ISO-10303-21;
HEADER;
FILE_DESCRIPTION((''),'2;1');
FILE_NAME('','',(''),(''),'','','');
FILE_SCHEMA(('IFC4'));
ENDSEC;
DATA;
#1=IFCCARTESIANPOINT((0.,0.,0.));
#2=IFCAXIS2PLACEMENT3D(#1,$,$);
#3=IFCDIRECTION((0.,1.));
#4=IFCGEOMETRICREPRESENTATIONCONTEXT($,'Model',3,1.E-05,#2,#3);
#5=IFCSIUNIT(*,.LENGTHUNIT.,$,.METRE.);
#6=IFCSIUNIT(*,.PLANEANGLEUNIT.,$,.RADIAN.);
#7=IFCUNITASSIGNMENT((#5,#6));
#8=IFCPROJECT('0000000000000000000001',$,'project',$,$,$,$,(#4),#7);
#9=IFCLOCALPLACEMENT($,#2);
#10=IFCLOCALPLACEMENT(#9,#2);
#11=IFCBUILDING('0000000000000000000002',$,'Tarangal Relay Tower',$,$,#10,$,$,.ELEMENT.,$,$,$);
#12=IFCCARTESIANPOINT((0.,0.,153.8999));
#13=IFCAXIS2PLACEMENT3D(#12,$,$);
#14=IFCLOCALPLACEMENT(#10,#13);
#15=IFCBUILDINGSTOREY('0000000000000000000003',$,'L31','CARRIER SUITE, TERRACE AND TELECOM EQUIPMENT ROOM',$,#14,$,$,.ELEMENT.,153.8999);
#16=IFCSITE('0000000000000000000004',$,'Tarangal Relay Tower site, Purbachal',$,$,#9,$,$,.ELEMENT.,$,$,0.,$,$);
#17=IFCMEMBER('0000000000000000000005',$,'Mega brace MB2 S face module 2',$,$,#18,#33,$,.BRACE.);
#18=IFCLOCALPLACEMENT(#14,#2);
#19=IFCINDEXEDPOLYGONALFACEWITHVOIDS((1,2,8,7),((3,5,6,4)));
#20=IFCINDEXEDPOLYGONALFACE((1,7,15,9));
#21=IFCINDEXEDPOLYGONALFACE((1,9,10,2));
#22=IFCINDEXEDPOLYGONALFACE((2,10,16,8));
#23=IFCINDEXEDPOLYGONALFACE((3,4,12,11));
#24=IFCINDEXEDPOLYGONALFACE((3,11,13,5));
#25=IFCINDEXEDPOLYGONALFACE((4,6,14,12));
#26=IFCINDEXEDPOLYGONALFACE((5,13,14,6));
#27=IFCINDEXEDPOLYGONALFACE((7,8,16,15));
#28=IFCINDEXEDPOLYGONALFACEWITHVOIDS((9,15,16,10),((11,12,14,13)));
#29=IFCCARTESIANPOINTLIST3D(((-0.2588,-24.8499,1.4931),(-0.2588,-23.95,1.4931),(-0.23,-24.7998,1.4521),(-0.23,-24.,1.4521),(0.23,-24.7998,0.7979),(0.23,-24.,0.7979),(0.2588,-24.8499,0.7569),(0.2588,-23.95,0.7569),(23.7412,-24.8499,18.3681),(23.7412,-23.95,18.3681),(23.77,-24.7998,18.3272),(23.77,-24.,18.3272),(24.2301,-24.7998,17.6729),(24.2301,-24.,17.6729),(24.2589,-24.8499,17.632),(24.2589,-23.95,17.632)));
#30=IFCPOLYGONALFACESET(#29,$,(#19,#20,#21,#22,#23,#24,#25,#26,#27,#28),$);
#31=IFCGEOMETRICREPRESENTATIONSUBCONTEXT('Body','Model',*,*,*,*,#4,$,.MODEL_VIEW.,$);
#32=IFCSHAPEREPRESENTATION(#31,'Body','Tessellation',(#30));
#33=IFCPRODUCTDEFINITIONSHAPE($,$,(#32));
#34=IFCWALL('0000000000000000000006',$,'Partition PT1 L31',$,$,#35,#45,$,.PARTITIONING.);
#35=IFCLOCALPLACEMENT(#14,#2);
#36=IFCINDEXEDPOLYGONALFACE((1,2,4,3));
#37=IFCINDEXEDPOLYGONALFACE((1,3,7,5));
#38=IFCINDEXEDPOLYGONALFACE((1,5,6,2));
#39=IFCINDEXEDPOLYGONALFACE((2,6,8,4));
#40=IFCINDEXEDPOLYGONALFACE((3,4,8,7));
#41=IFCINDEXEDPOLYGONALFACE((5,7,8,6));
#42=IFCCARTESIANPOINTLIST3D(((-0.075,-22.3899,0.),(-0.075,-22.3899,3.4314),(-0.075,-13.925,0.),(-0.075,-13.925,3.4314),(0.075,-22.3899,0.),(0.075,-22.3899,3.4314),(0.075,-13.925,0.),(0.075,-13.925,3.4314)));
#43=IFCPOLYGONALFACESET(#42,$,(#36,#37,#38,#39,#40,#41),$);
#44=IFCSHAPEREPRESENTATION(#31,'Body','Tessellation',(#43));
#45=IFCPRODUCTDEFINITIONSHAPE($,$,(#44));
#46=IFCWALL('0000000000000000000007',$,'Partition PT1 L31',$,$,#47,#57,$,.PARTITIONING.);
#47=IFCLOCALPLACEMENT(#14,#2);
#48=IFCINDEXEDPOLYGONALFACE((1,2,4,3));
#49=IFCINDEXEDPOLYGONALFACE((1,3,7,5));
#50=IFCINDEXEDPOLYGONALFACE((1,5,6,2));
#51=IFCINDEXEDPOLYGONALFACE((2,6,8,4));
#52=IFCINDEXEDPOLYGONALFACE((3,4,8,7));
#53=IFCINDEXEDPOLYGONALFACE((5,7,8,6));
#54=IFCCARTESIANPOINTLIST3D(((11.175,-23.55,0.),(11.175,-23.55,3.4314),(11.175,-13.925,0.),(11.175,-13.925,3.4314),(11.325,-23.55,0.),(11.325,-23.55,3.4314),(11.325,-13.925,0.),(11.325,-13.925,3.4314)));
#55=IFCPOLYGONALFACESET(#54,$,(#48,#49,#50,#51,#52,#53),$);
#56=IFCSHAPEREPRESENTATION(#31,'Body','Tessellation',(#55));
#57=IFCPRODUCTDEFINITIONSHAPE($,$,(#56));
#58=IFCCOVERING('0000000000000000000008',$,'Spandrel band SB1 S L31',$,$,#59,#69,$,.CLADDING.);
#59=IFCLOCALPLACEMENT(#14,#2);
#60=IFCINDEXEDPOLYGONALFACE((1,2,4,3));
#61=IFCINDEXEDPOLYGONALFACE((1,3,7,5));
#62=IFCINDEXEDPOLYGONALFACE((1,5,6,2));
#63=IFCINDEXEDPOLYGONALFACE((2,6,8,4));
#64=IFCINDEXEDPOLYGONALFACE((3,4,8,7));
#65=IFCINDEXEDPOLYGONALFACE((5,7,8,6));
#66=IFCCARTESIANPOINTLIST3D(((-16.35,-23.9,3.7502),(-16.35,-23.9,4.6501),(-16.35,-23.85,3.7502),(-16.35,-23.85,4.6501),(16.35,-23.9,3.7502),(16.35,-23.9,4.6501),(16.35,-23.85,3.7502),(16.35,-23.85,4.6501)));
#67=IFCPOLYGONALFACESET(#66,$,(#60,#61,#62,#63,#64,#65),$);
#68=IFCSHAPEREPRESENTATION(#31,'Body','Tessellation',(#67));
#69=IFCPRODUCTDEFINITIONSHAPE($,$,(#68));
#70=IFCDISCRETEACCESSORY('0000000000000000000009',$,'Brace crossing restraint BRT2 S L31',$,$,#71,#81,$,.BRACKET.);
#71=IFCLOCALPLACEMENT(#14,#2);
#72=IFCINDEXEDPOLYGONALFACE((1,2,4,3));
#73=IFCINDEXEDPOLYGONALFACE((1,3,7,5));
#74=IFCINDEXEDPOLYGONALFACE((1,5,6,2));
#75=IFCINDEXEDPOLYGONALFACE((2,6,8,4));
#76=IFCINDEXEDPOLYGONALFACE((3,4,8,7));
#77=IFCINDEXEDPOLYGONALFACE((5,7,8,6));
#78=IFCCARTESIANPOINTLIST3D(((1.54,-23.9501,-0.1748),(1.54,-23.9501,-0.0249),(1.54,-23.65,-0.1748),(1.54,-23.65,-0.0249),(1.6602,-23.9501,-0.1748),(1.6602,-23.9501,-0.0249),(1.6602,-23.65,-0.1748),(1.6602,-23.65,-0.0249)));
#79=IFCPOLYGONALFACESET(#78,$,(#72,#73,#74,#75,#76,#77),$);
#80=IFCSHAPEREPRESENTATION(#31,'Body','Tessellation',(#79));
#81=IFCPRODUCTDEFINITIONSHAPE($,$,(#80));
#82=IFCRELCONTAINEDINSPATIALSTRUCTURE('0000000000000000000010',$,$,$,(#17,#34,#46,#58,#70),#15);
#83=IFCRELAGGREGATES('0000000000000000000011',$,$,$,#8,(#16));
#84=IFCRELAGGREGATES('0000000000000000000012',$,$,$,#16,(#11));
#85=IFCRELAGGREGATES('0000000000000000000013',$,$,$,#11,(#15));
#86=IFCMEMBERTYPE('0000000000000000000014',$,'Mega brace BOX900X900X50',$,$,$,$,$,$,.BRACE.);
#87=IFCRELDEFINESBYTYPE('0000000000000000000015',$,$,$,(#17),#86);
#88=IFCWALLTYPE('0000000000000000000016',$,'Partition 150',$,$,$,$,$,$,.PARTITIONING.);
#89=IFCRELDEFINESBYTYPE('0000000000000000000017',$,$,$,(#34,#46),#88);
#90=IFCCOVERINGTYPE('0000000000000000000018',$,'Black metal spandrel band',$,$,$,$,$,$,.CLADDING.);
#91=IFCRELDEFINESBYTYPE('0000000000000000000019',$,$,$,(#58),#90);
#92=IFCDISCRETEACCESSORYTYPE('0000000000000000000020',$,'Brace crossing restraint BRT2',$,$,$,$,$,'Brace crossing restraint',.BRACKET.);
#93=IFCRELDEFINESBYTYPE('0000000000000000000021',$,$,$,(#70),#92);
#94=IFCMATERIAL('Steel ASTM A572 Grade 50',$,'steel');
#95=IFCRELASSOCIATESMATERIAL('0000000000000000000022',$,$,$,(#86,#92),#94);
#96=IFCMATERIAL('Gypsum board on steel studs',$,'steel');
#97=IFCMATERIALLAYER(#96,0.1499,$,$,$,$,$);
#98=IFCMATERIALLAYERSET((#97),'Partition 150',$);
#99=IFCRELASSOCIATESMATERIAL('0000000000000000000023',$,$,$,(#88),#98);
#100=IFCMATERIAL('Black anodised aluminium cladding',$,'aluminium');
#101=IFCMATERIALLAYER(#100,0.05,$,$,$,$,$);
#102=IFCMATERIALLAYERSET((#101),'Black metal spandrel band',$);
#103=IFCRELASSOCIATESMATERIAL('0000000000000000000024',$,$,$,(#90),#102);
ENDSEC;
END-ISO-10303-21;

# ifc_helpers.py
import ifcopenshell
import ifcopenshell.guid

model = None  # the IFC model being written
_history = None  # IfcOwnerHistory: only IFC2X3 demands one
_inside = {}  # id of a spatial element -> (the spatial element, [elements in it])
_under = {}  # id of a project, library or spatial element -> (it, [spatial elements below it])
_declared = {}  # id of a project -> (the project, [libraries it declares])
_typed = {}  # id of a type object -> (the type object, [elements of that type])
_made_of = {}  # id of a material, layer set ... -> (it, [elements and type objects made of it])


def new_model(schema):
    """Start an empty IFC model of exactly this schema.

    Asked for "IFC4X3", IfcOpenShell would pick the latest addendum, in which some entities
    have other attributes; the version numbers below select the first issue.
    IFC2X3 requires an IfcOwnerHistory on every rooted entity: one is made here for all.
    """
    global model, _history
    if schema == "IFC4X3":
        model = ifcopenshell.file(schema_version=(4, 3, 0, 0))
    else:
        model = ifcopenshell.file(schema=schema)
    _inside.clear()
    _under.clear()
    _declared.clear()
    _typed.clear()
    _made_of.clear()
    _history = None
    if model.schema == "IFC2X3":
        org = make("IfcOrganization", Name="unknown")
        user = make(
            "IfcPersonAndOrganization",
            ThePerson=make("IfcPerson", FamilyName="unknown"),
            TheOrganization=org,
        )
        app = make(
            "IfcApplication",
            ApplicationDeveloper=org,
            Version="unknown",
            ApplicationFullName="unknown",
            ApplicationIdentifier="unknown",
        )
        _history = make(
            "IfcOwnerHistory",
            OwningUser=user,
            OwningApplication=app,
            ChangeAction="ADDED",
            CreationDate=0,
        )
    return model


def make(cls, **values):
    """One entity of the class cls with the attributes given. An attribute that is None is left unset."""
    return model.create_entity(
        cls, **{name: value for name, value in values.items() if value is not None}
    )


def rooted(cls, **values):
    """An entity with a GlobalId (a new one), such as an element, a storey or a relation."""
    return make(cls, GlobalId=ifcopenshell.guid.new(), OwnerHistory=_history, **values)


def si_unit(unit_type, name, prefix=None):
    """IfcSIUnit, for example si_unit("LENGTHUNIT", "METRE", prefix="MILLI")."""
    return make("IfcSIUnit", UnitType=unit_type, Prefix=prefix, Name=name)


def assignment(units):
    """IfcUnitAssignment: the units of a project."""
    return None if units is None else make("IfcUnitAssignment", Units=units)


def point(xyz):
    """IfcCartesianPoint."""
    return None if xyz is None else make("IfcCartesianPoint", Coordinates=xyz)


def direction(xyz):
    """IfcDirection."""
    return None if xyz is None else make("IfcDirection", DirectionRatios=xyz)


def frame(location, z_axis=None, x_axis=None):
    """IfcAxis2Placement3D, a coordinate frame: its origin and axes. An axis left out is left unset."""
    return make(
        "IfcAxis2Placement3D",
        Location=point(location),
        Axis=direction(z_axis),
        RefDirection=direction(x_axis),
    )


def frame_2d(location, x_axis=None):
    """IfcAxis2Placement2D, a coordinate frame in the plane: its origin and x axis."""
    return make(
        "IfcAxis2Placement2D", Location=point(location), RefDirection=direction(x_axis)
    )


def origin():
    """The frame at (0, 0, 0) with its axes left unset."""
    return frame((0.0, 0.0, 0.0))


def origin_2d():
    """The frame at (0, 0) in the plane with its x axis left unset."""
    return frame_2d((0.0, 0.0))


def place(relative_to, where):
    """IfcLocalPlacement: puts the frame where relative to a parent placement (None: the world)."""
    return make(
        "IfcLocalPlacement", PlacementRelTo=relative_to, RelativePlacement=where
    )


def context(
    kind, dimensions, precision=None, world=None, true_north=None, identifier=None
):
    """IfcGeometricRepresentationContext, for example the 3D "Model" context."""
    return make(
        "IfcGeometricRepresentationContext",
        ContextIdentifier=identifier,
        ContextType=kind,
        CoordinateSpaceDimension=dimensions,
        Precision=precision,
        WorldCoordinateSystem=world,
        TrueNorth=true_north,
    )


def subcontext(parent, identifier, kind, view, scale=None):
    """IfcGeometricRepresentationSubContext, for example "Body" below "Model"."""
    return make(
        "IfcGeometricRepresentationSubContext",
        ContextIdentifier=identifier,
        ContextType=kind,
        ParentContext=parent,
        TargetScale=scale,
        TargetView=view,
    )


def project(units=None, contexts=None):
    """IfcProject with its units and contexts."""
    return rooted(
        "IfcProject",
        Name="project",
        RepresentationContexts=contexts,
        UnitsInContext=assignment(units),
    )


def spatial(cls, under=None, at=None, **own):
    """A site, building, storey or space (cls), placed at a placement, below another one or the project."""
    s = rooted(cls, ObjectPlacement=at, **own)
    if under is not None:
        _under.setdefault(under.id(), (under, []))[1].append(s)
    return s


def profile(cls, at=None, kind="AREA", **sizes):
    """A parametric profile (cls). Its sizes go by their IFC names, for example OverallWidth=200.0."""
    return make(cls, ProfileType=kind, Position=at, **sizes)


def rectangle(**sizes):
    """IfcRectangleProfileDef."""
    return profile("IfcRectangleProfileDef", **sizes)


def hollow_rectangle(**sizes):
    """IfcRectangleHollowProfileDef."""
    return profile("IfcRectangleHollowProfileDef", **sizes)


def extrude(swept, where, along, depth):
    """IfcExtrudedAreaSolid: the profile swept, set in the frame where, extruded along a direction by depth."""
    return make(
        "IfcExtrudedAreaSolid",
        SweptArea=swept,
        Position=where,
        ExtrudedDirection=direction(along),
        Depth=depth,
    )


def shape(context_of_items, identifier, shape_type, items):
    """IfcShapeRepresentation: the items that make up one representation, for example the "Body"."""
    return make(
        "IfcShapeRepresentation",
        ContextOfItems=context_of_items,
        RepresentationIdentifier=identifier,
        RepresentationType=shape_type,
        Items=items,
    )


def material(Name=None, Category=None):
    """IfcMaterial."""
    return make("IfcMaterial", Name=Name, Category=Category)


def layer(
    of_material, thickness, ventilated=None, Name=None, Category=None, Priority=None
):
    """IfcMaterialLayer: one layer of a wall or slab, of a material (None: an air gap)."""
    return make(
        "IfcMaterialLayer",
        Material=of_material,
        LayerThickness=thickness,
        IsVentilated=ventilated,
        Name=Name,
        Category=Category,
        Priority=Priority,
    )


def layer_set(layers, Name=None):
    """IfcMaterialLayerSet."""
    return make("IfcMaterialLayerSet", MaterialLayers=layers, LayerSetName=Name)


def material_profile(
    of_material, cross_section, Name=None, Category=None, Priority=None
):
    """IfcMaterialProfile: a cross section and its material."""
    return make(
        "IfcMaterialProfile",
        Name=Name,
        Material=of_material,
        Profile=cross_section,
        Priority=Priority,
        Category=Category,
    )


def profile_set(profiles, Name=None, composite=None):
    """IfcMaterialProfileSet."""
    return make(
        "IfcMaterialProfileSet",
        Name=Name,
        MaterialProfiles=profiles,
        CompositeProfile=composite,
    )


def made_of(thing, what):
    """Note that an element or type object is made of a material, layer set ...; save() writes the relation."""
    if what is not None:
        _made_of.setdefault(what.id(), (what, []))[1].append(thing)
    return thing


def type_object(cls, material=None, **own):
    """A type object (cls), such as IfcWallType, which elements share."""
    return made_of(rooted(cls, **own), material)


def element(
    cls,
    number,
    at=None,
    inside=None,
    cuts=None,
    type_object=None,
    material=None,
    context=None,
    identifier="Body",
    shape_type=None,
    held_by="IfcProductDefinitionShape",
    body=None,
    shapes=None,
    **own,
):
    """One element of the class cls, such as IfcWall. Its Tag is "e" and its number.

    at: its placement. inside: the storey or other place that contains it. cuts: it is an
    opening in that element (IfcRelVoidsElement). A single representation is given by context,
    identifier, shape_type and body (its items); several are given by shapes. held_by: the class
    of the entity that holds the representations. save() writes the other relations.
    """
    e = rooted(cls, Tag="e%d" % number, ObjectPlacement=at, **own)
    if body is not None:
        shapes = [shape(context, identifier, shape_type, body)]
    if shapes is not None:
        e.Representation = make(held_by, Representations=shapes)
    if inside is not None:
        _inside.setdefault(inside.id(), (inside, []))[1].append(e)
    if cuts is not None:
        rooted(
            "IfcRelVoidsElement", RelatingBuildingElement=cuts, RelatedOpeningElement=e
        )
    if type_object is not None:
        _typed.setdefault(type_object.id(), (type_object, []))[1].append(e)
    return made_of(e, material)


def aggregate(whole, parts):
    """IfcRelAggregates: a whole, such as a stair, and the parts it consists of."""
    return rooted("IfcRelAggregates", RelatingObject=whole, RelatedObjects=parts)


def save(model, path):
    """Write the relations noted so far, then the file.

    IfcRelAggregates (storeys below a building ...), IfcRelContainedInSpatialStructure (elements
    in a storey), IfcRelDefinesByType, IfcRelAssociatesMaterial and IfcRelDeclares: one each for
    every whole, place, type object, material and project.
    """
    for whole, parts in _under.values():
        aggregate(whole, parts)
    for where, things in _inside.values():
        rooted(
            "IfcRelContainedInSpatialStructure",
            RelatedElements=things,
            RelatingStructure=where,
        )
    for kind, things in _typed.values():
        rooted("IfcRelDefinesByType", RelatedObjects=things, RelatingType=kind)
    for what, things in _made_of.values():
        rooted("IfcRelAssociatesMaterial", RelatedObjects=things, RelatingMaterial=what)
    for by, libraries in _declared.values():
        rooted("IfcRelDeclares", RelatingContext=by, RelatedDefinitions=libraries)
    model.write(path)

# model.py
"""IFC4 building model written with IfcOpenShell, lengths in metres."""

from ifc_helpers import new_model, si_unit, direction, frame, frame_2d, origin, origin_2d, place, context, subcontext, project, spatial, rectangle, hollow_rectangle, extrude, material, layer, layer_set, material_profile, profile_set, type_object, element, save


model = new_model("IFC4")

# Units and contexts
model_context = context("Model", 3, precision=1e-05, world=origin(), true_north=direction((0.0, 1.0)))
body_context = subcontext(model_context, "Body", "Model", "MODEL_VIEW")
ifc_project = project(units=[si_unit("LENGTHUNIT", "METRE"), si_unit("PLANEANGLEUNIT", "RADIAN")], contexts=[model_context])

# Site, building, storey
site_placement = place(None, origin())
site = spatial("IfcSite", under=ifc_project, at=site_placement, Name="Tarangal Relay Tower site, Purbachal", CompositionType="ELEMENT", RefElevation=0.0)
building_placement = place(site_placement, origin())
building = spatial("IfcBuilding", under=site, at=building_placement, Name="Tarangal Relay Tower", CompositionType="ELEMENT")
storey_placement = place(building_placement, frame((0.0, 0.0, 153.8999)))
storey = spatial("IfcBuildingStorey", under=building, at=storey_placement, Name="L31", Description="CARRIER SUITE, TERRACE AND TELECOM EQUIPMENT ROOM", CompositionType="ELEMENT", Elevation=153.8999)

# Shared definitions
ifc_material_1 = material(Name="Steel ASTM A572 Grade 50", Category="steel")

# Member
ifc_material_profile_1 = material_profile(ifc_material_1, hollow_rectangle(XDim=0.8999, YDim=0.8999, WallThickness=0.05, at=origin_2d()), Name="BOX900X900X50")
ifc_profile_set_1 = profile_set([ifc_material_profile_1], Name="Steel ASTM A572 Grade 50")
member_type = type_object("IfcMemberType", Name="Mega brace BOX900X900X50", PredefinedType="BRACE", material=ifc_profile_set_1)
for number, where, z_axis, x_axis, name in (
    (1, (0.0, -24.3999, 1.125), (0.818029, 0.0, 0.575177), (0.0, 1.0, 0.0), "Mega brace MB2 S face module 2"),
):
    element("IfcMember", number, at=place(storey_placement, frame(where, z_axis=z_axis, x_axis=x_axis)), inside=storey, type_object=member_type, Name=name, PredefinedType="BRACE", context=body_context, shape_type="SweptSolid", body=[
        extrude(hollow_rectangle(XDim=0.8999, YDim=0.8999, WallThickness=0.05, at=origin_2d()), origin(), (0.0, 0.0, 1.0), 29.3389),
    ])

# Walls
ifc_material_2 = material(Name="Gypsum board on steel studs", Category="steel")
ifc_layer_1 = layer(ifc_material_2, 0.1499)
ifc_layer_set_1 = layer_set([ifc_layer_1], Name="Partition 150")
wall_type = type_object("IfcWallType", Name="Partition 150", PredefinedType="PARTITIONING", material=ifc_layer_set_1)
wall_1_placement = place(storey_placement, frame((0.0, -22.3899, 0.0), z_axis=(0.0, 0.0, 1.0), x_axis=(0.0, 1.0, 0.0)))
element("IfcWall", 2, at=wall_1_placement, inside=storey, type_object=wall_type, Name="Partition PT1 L31", PredefinedType="PARTITIONING", context=body_context, shape_type="SweptSolid", body=[
    extrude(rectangle(XDim=8.4648, YDim=0.1499, at=frame_2d((4.2324, 0.0))), origin(), (0.0, 0.0, 1.0), 3.4314),
])
wall_2_placement = place(storey_placement, frame((11.25, -23.55, 0.0), z_axis=(0.0, 0.0, 1.0), x_axis=(0.0, 1.0, 0.0)))
element("IfcWall", 3, at=wall_2_placement, inside=storey, type_object=wall_type, Name="Partition PT1 L31", PredefinedType="PARTITIONING", context=body_context, shape_type="SweptSolid", body=[
    extrude(rectangle(XDim=9.625, YDim=0.1499, at=frame_2d((4.8125, 0.0))), origin(), (0.0, 0.0, 1.0), 3.4314),
])

# Covering
ifc_material_3 = material(Name="Black anodised aluminium cladding", Category="aluminium")
ifc_layer_2 = layer(ifc_material_3, 0.05)
ifc_layer_set_2 = layer_set([ifc_layer_2], Name="Black metal spandrel band")
covering_type = type_object("IfcCoveringType", Name="Black metal spandrel band", PredefinedType="CLADDING", material=ifc_layer_set_2)
covering_placement = place(storey_placement, frame((0.0, -23.875, 3.7502), z_axis=(0.0, 0.0, 1.0), x_axis=(-1.0, 0.0, 0.0)))
element("IfcCovering", 4, at=covering_placement, inside=storey, type_object=covering_type, Name="Spandrel band SB1 S L31", PredefinedType="CLADDING", context=body_context, shape_type="SweptSolid", body=[
    extrude(rectangle(XDim=32.7, YDim=0.05, at=origin_2d()), origin(), (0.0, 0.0, 1.0), 0.8999),
])

# Discrete accessory
discrete_accessory_type = type_object("IfcDiscreteAccessoryType", Name="Brace crossing restraint BRT2", ElementType="Brace crossing restraint", PredefinedType="BRACKET", material=ifc_material_1)
discrete_accessory_placement = place(storey_placement, frame((1.6001, -23.8, -0.1748), z_axis=(0.0, 0.0, 1.0), x_axis=(1.0, 0.0, 0.0)))
element("IfcDiscreteAccessory", 5, at=discrete_accessory_placement, inside=storey, type_object=discrete_accessory_type, Name="Brace crossing restraint BRT2 S L31", PredefinedType="BRACKET", context=body_context, shape_type="SweptSolid", body=[
    extrude(rectangle(XDim=0.1201, YDim=0.3, at=origin_2d()), origin(), (0.0, 0.0, 1.0), 0.1499),
])

save(model, "model.ifc")
